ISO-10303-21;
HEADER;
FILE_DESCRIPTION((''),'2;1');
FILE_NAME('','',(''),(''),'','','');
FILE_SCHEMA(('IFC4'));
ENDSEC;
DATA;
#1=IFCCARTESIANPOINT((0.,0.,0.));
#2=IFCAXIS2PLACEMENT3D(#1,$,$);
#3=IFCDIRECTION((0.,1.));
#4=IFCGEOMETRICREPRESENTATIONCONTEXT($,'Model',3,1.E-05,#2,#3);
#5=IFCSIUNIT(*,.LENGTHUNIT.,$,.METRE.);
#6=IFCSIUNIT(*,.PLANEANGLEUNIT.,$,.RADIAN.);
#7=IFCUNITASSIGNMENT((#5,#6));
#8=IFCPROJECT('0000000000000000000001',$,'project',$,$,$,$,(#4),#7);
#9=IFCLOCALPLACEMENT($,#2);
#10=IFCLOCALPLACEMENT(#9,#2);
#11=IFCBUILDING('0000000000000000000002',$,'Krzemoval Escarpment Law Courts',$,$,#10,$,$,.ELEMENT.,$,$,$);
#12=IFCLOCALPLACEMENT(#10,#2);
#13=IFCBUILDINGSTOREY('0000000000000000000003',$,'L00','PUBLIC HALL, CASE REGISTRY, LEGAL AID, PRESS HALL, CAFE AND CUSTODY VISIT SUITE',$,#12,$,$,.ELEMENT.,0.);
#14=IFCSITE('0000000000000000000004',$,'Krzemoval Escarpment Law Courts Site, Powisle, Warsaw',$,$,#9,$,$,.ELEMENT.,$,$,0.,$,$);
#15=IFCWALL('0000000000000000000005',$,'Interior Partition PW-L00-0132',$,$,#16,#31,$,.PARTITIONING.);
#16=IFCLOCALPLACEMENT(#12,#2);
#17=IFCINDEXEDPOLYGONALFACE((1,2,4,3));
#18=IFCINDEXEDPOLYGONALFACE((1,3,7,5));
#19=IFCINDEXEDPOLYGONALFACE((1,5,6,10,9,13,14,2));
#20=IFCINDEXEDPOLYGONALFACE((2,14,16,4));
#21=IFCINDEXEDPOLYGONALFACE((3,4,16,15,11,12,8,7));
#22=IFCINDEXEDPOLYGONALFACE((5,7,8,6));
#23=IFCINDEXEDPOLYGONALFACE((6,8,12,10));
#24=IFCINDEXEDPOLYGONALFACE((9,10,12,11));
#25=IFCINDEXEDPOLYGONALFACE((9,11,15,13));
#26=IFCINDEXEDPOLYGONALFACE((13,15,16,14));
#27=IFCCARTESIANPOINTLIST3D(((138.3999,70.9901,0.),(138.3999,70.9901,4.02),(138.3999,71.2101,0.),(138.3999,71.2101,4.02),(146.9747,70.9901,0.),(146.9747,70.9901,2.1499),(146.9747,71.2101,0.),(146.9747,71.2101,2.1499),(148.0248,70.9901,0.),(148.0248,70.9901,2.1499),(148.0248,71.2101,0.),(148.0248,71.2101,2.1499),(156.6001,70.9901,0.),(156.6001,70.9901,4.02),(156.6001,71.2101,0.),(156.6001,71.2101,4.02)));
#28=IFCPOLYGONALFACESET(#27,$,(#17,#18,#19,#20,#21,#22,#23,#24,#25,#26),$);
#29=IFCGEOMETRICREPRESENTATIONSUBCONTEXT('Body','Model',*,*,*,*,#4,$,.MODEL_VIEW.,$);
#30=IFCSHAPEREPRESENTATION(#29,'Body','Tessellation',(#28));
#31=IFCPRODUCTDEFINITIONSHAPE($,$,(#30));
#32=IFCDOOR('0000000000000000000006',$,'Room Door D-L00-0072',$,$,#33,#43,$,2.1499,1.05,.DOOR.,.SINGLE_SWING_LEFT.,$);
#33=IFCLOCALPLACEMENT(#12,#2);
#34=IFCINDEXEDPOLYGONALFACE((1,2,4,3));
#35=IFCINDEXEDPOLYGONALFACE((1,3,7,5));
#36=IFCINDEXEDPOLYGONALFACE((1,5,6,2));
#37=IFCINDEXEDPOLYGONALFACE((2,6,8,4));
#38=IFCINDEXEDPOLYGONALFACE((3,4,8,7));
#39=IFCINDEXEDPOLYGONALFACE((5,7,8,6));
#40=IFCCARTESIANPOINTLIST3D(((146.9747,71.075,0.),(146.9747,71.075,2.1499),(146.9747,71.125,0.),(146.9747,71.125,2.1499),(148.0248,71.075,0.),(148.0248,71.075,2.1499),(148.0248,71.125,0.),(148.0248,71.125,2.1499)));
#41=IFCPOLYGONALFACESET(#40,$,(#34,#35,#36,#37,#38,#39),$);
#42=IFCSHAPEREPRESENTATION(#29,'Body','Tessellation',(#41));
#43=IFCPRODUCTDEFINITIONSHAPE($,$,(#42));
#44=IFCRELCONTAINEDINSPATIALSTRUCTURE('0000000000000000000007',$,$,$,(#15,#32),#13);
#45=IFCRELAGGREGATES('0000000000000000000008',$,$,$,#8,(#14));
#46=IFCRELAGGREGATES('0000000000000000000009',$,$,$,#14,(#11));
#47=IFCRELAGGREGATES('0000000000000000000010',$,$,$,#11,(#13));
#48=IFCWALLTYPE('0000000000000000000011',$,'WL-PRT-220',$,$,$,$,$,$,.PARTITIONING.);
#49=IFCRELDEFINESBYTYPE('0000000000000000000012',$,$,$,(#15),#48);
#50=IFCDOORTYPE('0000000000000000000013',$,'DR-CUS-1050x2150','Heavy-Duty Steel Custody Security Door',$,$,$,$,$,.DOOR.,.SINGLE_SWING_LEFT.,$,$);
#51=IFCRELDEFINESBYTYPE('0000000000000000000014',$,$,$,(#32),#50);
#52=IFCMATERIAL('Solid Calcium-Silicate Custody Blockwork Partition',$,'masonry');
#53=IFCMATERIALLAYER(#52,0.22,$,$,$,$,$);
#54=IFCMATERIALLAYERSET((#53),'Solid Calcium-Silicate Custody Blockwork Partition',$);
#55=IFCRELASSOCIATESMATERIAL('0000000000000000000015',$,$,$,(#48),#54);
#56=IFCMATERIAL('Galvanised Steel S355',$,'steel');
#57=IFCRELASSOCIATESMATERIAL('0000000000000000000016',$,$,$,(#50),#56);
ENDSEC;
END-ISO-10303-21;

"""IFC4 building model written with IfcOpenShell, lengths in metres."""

from ifc_helpers import new_model, si_unit, direction, frame, frame_2d, origin, place, context, subcontext, project, spatial, rectangle, extrude, material, layer, layer_set, type_object, element, fill, save


model = new_model("IFC4")

# Units and contexts
model_context = context("Model", 3, precision=1e-05, world=origin(), true_north=direction((0.0, 1.0)))
body_context = subcontext(model_context, "Body", "Model", "MODEL_VIEW")
ifc_project = project(units=[si_unit("LENGTHUNIT", "METRE"), si_unit("PLANEANGLEUNIT", "RADIAN")], contexts=[model_context])

# Site, building, storey
site_placement = place(None, origin())
site = spatial("IfcSite", under=ifc_project, at=site_placement, Name="Krzemoval Escarpment Law Courts Site, Powisle, Warsaw", CompositionType="ELEMENT", RefElevation=0.0)
building_placement = place(site_placement, origin())
building = spatial("IfcBuilding", under=site, at=building_placement, Name="Krzemoval Escarpment Law Courts", CompositionType="ELEMENT")
storey_placement = place(building_placement, origin())
storey = spatial("IfcBuildingStorey", under=building, at=storey_placement, Name="L00", Description="PUBLIC HALL, CASE REGISTRY, LEGAL AID, PRESS HALL, CAFE AND CUSTODY VISIT SUITE", CompositionType="ELEMENT", Elevation=0.0)

# Wall, opening, door
ifc_material_1 = material(Name="Solid Calcium-Silicate Custody Blockwork Partition", Category="masonry")
ifc_layer_1 = layer(ifc_material_1, 0.22)
ifc_layer_set_1 = layer_set([ifc_layer_1], Name="Solid Calcium-Silicate Custody Blockwork Partition")
wall_type_1 = type_object("IfcWallType", Name="WL-PRT-220", PredefinedType="PARTITIONING", material=ifc_layer_set_1)
wall_1_placement = place(storey_placement, frame((138.3999, 71.1001, 0.0), z_axis=(0.0, 0.0, 1.0), x_axis=(1.0, 0.0, 0.0)))
wall_1 = element("IfcWall", 1, at=wall_1_placement, inside=storey, type_object=wall_type_1, Name="Interior Partition PW-L00-0132", PredefinedType="PARTITIONING", context=body_context, shape_type="SweptSolid", body=[
    extrude(rectangle(XDim=18.2002, YDim=0.22, at=frame_2d((9.1001, 0.0))), origin(), (0.0, 0.0, 1.0), 4.02),
])
opening_1_placement = place(wall_1_placement, frame((8.575, 0.0, 0.0)))
opening_1 = element("IfcOpeningElement", 2, at=opening_1_placement, cuts=wall_1, PredefinedType="OPENING", context=body_context, shape_type="SweptSolid", body=[
    extrude(rectangle(XDim=1.05, YDim=2.1499, at=frame_2d((0.5249, 1.075))), frame((0.0, 0.125, 0.0), z_axis=(0.0, -1.0, 0.0), x_axis=(1.0, 0.0, 0.0)), (0.0, 0.0, 1.0), 0.25),
])
ifc_material_2 = material(Name="Galvanised Steel S355", Category="steel")
door_type = type_object("IfcDoorType", Name="DR-CUS-1050x2150", Description="Heavy-Duty Steel Custody Security Door", OperationType="SINGLE_SWING_LEFT", PredefinedType="DOOR", material=ifc_material_2)
door_placement = place(opening_1_placement, origin())
door = element("IfcDoor", 3, at=door_placement, inside=storey, type_object=door_type, Name="Room Door D-L00-0072", OperationType="SINGLE_SWING_LEFT", OverallHeight=2.1499, OverallWidth=1.05, PredefinedType="DOOR", context=body_context, shape_type="SweptSolid", body=[
    extrude(rectangle(XDim=1.05, YDim=2.1499, at=frame_2d((0.5249, 1.075))), frame((0.0, 0.0249, 0.0), z_axis=(0.0, -1.0, 0.0), x_axis=(1.0, 0.0, 0.0)), (0.0, 0.0, 1.0), 0.05),
])
fill(opening_1, door)

save(model, "model.ifc")
